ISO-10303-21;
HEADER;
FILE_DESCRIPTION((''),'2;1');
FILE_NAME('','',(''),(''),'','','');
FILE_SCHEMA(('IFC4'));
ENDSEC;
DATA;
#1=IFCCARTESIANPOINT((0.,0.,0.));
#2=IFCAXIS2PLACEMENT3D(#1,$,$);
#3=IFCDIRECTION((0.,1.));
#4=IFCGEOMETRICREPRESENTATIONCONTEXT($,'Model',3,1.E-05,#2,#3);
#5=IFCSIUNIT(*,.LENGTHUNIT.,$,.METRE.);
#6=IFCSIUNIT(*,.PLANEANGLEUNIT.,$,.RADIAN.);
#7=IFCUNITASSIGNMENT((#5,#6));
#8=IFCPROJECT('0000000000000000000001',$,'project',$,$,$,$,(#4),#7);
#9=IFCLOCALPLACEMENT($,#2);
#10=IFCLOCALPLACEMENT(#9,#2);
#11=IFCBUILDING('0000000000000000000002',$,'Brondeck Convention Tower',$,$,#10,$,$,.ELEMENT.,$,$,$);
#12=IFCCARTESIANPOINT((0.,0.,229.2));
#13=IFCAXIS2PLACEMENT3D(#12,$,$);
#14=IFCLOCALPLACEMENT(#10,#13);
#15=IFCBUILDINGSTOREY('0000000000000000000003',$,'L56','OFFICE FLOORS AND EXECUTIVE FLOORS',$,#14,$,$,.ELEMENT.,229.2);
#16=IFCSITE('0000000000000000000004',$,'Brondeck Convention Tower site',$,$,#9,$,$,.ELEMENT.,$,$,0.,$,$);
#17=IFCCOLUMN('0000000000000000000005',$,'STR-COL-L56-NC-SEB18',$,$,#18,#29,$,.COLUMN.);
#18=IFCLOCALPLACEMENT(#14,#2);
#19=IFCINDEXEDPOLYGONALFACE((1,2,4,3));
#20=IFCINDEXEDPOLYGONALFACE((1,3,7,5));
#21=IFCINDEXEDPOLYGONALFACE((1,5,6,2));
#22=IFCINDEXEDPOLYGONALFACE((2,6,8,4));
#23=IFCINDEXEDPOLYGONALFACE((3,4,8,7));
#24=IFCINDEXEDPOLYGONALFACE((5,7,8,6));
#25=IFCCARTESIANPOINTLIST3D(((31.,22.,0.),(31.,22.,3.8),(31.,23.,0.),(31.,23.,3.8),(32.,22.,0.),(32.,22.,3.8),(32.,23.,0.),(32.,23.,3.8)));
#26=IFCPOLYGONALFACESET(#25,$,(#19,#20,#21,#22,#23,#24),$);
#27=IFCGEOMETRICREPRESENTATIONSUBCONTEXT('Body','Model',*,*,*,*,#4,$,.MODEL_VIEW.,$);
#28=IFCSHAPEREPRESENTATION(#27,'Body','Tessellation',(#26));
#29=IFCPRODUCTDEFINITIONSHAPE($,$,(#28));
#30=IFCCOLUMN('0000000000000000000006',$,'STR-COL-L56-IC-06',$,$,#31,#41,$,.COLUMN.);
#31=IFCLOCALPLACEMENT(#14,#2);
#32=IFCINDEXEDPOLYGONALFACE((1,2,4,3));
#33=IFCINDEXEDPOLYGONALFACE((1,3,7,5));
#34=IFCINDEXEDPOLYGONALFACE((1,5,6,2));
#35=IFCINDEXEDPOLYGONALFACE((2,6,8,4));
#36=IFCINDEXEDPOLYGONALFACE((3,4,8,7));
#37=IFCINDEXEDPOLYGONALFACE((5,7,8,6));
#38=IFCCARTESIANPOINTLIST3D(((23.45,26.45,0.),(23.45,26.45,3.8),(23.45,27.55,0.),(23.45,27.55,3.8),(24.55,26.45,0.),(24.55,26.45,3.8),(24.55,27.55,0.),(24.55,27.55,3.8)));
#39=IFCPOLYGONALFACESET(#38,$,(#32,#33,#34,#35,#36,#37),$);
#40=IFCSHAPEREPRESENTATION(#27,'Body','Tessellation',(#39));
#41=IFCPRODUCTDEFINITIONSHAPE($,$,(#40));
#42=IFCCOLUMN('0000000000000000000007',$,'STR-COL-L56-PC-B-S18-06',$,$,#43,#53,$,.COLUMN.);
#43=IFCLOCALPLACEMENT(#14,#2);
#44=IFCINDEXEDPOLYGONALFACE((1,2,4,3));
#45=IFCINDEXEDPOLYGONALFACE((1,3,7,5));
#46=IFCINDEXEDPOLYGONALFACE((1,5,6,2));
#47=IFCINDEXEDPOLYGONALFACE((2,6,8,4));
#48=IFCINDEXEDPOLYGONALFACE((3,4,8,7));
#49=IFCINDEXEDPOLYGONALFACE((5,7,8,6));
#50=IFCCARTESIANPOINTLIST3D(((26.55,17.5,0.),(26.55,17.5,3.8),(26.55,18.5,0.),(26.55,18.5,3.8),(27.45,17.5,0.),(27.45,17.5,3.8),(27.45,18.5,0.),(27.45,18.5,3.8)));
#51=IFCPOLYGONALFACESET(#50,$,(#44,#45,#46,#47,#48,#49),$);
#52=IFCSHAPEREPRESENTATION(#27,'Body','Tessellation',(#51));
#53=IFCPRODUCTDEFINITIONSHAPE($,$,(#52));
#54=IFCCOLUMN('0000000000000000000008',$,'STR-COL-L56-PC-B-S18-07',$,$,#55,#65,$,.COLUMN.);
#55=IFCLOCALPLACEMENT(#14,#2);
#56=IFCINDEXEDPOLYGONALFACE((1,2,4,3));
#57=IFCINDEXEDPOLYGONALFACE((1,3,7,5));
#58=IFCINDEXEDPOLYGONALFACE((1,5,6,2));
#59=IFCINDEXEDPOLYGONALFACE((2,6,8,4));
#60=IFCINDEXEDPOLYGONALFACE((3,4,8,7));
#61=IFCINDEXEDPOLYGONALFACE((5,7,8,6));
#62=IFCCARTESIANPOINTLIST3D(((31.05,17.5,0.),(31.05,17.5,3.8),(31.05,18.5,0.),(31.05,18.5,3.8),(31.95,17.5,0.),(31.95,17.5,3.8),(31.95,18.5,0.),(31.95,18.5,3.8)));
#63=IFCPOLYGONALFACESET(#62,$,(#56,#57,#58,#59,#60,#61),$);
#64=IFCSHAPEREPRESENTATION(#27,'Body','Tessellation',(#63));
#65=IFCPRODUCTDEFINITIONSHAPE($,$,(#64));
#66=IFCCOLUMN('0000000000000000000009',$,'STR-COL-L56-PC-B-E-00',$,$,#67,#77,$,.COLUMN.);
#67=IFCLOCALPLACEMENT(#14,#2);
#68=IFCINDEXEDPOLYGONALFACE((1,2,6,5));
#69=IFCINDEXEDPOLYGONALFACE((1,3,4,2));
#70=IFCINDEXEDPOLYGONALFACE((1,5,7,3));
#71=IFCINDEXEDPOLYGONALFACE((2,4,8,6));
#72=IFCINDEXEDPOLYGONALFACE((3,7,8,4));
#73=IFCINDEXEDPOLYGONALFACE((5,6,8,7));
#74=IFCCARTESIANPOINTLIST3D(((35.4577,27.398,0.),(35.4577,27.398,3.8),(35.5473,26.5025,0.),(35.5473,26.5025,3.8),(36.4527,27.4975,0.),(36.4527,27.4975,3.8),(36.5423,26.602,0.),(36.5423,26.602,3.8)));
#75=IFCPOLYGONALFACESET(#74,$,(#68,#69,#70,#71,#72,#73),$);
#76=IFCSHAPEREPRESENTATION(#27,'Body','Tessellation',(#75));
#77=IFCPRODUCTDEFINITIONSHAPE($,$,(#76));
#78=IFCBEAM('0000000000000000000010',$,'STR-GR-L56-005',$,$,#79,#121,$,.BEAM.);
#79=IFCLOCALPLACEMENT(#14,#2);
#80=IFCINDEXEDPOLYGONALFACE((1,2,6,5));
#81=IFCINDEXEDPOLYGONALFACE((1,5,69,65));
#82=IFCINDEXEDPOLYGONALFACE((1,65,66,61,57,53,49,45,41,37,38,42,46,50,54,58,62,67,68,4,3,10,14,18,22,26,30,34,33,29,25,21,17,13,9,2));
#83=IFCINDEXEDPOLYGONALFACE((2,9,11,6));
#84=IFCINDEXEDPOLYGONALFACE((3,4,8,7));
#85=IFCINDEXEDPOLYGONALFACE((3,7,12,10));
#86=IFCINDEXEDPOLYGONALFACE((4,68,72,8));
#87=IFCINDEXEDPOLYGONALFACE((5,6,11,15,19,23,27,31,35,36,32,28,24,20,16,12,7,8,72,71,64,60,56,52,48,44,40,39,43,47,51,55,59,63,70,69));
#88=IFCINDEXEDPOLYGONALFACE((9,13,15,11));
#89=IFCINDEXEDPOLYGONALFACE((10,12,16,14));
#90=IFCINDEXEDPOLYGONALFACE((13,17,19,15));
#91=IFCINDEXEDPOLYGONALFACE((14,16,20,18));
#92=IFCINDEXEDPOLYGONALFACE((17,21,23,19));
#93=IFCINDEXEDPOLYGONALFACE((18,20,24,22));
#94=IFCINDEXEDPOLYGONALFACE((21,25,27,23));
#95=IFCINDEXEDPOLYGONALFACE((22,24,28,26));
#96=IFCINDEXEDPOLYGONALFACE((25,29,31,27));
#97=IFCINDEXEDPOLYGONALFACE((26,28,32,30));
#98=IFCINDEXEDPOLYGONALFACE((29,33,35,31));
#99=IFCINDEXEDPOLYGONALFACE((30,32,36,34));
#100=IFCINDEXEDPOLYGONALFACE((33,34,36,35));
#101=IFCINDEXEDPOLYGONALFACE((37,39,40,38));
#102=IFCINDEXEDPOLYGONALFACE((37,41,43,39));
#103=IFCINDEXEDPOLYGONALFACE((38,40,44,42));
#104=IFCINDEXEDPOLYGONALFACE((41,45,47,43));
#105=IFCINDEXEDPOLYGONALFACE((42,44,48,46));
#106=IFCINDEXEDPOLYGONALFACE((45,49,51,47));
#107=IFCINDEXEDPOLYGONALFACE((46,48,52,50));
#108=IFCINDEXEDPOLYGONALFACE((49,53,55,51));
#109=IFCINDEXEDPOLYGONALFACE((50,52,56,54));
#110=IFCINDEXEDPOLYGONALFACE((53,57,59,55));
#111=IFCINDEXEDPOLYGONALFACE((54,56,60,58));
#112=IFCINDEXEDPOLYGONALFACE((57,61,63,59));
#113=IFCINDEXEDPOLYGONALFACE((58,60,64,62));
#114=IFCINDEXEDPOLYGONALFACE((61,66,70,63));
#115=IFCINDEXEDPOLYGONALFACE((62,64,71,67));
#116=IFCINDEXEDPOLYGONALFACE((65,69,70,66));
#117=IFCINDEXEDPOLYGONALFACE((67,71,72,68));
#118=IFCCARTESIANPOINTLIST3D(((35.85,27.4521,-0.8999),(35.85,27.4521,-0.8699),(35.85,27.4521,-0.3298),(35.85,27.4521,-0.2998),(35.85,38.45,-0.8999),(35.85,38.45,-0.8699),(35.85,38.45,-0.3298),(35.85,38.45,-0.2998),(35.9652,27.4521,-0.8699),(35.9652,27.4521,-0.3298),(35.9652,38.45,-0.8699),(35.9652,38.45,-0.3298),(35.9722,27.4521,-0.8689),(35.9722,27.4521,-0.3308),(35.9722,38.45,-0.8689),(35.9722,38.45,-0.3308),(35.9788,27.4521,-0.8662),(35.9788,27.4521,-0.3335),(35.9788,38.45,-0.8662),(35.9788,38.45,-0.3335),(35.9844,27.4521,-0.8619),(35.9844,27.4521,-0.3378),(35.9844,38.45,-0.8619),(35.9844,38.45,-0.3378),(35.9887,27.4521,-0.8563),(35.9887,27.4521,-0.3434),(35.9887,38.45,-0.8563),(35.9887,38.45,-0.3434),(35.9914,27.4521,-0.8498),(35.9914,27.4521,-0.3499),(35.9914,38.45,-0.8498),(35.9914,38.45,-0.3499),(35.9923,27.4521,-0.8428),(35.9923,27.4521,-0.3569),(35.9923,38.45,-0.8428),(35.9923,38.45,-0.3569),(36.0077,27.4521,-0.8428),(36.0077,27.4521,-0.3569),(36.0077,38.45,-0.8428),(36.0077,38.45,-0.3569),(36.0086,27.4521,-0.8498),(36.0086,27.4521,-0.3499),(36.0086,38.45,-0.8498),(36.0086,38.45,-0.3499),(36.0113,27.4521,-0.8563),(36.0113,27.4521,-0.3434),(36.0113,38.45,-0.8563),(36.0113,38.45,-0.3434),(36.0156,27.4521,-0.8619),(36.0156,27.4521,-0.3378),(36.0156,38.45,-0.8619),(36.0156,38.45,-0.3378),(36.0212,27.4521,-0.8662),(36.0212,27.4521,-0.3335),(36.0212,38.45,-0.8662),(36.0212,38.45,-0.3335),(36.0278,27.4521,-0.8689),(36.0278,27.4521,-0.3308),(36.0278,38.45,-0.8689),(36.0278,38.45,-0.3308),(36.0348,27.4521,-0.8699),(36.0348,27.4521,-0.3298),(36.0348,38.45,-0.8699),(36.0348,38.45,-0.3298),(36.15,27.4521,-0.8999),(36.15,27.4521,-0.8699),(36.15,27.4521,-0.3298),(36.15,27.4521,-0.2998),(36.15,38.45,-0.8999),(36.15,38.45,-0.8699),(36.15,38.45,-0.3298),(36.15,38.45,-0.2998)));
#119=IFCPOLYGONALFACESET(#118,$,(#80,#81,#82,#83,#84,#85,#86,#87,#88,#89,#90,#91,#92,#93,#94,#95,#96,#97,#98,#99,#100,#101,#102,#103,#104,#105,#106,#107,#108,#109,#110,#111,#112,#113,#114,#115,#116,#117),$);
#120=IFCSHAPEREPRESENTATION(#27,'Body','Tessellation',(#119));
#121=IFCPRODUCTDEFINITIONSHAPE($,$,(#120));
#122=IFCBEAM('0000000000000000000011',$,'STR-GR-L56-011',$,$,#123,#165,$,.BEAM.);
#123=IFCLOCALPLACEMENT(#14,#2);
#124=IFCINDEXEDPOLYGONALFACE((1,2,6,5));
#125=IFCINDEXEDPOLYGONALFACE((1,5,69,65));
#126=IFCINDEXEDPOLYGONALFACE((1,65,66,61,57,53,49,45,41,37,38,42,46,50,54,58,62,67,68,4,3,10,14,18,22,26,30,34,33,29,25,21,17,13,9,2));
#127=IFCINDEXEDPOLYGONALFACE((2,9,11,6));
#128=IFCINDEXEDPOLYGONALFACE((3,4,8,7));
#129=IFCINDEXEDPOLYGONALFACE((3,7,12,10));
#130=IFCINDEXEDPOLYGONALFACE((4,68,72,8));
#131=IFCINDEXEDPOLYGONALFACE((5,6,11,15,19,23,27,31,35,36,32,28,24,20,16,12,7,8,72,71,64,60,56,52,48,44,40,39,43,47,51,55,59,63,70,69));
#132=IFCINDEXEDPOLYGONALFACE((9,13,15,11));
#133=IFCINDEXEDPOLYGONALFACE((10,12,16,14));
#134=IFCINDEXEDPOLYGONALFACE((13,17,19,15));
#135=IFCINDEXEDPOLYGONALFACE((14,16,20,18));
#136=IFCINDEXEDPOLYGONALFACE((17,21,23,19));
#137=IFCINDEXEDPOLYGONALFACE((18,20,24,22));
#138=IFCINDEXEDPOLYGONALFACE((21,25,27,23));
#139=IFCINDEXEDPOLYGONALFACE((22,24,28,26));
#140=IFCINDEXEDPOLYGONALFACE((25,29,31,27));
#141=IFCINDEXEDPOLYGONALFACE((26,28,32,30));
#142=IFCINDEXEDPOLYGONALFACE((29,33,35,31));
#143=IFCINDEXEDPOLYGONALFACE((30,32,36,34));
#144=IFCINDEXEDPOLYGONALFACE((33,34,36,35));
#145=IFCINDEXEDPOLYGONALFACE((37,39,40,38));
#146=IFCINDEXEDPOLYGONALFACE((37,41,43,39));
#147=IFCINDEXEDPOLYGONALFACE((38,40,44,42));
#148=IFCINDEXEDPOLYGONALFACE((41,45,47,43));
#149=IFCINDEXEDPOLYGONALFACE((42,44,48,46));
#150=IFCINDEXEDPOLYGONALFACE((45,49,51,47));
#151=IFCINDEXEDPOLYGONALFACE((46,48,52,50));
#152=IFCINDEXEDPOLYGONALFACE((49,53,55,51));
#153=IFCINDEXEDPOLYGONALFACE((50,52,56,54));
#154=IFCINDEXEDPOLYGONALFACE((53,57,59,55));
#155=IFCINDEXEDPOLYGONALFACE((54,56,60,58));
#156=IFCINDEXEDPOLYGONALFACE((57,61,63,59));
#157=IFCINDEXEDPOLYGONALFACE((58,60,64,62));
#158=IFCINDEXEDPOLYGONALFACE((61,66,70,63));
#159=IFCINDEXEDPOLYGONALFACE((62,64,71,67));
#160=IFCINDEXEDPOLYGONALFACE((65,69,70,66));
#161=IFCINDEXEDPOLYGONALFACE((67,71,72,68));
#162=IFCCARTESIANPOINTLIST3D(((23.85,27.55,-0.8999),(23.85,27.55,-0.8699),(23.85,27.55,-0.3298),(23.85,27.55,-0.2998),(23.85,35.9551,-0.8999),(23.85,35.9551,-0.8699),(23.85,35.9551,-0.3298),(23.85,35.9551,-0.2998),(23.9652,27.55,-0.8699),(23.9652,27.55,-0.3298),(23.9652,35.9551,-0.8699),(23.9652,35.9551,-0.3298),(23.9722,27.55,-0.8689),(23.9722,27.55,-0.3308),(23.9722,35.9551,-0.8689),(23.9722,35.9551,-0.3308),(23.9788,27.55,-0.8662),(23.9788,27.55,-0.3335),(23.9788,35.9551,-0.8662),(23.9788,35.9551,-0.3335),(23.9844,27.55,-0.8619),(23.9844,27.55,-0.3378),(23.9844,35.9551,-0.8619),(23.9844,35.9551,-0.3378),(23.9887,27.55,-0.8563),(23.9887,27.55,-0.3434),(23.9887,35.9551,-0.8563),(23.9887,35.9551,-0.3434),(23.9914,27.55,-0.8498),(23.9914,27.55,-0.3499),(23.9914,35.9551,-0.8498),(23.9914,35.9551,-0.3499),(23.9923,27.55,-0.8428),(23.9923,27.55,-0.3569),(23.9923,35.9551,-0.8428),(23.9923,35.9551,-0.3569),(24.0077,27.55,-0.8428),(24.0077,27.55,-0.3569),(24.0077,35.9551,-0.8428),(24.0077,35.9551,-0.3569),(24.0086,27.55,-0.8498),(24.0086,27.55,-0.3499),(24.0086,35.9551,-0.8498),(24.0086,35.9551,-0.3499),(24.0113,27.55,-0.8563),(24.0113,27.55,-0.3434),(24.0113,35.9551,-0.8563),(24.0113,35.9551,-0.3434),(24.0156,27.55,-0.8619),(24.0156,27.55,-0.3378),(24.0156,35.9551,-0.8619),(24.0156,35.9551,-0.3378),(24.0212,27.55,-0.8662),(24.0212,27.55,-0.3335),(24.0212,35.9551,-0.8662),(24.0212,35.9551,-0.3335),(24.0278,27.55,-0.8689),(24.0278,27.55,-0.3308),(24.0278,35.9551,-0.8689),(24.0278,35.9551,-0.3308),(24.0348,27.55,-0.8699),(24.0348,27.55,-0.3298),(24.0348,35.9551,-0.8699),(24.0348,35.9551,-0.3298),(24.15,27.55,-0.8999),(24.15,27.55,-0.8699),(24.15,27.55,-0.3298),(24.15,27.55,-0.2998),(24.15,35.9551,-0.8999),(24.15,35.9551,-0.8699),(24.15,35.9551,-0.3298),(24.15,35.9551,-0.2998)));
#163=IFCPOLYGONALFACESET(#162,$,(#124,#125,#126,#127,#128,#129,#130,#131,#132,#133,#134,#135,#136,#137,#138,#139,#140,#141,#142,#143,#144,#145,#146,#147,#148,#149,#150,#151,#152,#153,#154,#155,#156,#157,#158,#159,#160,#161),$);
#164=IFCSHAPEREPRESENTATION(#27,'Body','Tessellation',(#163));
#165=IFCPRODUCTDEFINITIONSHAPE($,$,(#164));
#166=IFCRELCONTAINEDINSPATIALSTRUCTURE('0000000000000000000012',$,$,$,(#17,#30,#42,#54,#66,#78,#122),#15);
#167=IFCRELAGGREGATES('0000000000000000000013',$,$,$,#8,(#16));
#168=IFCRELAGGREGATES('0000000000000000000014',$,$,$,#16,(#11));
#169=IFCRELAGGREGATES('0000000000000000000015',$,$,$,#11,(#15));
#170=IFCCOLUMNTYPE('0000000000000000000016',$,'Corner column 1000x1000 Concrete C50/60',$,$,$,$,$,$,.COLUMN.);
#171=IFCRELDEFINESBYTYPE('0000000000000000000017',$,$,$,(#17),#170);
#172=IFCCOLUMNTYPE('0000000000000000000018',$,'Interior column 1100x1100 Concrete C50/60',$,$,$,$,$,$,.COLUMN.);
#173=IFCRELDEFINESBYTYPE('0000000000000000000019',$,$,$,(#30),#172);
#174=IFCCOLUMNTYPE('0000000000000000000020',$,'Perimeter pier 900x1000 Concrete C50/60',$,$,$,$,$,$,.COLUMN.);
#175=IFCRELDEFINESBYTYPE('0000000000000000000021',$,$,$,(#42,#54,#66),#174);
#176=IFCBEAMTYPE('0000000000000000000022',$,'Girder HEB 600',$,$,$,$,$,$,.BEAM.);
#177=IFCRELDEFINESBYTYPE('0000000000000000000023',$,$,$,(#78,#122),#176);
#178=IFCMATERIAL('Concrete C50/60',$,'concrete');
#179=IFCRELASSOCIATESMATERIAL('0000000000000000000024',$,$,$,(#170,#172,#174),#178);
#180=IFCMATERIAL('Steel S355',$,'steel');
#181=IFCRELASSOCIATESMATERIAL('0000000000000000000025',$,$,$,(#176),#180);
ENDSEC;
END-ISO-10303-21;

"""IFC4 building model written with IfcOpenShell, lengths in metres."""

from ifc_helpers import new_model, si_unit, direction, frame, origin, origin_2d, place, context, subcontext, project, spatial, rectangle, i_section, extrude, material, material_profile, profile_set, type_object, element, save


model = new_model("IFC4")

# Units and contexts
model_context = context("Model", 3, precision=1e-05, world=origin(), true_north=direction((0.0, 1.0)))
body_context = subcontext(model_context, "Body", "Model", "MODEL_VIEW")
ifc_project = project(units=[si_unit("LENGTHUNIT", "METRE"), si_unit("PLANEANGLEUNIT", "RADIAN")], contexts=[model_context])

# Site, building, storey
site_placement = place(None, origin())
site = spatial("IfcSite", under=ifc_project, at=site_placement, Name="Brondeck Convention Tower site", CompositionType="ELEMENT", RefElevation=0.0)
building_placement = place(site_placement, origin())
building = spatial("IfcBuilding", under=site, at=building_placement, Name="Brondeck Convention Tower", CompositionType="ELEMENT")
storey_placement = place(building_placement, frame((0.0, 0.0, 229.2)))
storey = spatial("IfcBuildingStorey", under=building, at=storey_placement, Name="L56", Description="OFFICE FLOORS AND EXECUTIVE FLOORS", CompositionType="ELEMENT", Elevation=229.2)

# Columns
ifc_material_1 = material(Name="Concrete C50/60", Category="concrete")
ifc_material_profile_1 = material_profile(ifc_material_1, rectangle(XDim=1.0, YDim=1.0, at=origin_2d()), Name="Corner column 1000x1000 Concrete C50/60")
ifc_profile_set_1 = profile_set([ifc_material_profile_1], Name="Concrete C50/60")
column_type_1 = type_object("IfcColumnType", Name="Corner column 1000x1000 Concrete C50/60", PredefinedType="COLUMN", material=ifc_profile_set_1)
column_1_placement = place(storey_placement, frame((31.5, 22.5, 0.0), z_axis=(0.0, 0.0, 1.0), x_axis=(1.0, 0.0, 0.0)))
element("IfcColumn", 1, at=column_1_placement, inside=storey, type_object=column_type_1, Name="STR-COL-L56-NC-SEB18", PredefinedType="COLUMN", context=body_context, shape_type="SweptSolid", body=[
    extrude(rectangle(XDim=1.0, YDim=1.0, at=origin_2d()), origin(), (0.0, 0.0, 1.0), 3.8),
])
ifc_material_profile_2 = material_profile(ifc_material_1, rectangle(XDim=1.1001, YDim=1.1001, at=origin_2d()), Name="Interior column 1100x1100 Concrete C50/60")
ifc_profile_set_2 = profile_set([ifc_material_profile_2], Name="Concrete C50/60")
column_type_2 = type_object("IfcColumnType", Name="Interior column 1100x1100 Concrete C50/60", PredefinedType="COLUMN", material=ifc_profile_set_2)
column_2_placement = place(storey_placement, frame((24.0, 27.0, 0.0), z_axis=(0.0, 0.0, 1.0), x_axis=(1.0, 0.0, 0.0)))
element("IfcColumn", 2, at=column_2_placement, inside=storey, type_object=column_type_2, Name="STR-COL-L56-IC-06", PredefinedType="COLUMN", context=body_context, shape_type="SweptSolid", body=[
    extrude(rectangle(XDim=1.1001, YDim=1.1001, at=origin_2d()), origin(), (0.0, 0.0, 1.0), 3.8),
])
ifc_material_profile_3 = material_profile(ifc_material_1, rectangle(XDim=0.8999, YDim=1.0, at=origin_2d()), Name="Perimeter pier 900x1000 Concrete C50/60")
ifc_profile_set_3 = profile_set([ifc_material_profile_3], Name="Concrete C50/60")
column_type_3 = type_object("IfcColumnType", Name="Perimeter pier 900x1000 Concrete C50/60", PredefinedType="COLUMN", material=ifc_profile_set_3)
for number, where, z_axis, x_axis, name in (
    (3, (27.0, 18.0, 0.0), (0.0, 0.0, 1.0), (1.0, 0.0, 0.0), "STR-COL-L56-PC-B-S18-06"),
    (4, (31.5, 18.0, 0.0), (0.0, 0.0, 1.0), (1.0, 0.0, 0.0), "STR-COL-L56-PC-B-S18-07"),
    (5, (36.0, 27.0, 0.0), (0.0, 0.0, 1.0), (-0.099504, 0.995037, 0.0), "STR-COL-L56-PC-B-E-00"),
):
    element("IfcColumn", number, at=place(storey_placement, frame(where, z_axis=z_axis, x_axis=x_axis)), inside=storey, type_object=column_type_3, Name=name, PredefinedType="COLUMN", context=body_context, shape_type="SweptSolid", body=[
        extrude(rectangle(XDim=0.8999, YDim=1.0, at=origin_2d()), origin(), (0.0, 0.0, 1.0), 3.8),
    ])

# Beams
ifc_material_2 = material(Name="Steel S355", Category="steel")
ifc_material_profile_4 = material_profile(ifc_material_2, i_section(OverallWidth=0.3, OverallDepth=0.6001, WebThickness=0.0154, FlangeThickness=0.03, FilletRadius=0.0271, at=origin_2d()), Name="HEB 600")
ifc_profile_set_4 = profile_set([ifc_material_profile_4], Name="Steel S355")
beam_type_1 = type_object("IfcBeamType", Name="Girder HEB 600", PredefinedType="BEAM", material=ifc_profile_set_4)
beam_1_placement = place(storey_placement, frame((36.0, 27.4521, -0.5999), z_axis=(0.0, 1.0, 0.0), x_axis=(-1.0, 0.0, 0.0)))
element("IfcBeam", 6, at=beam_1_placement, inside=storey, type_object=beam_type_1, Name="STR-GR-L56-005", PredefinedType="BEAM", context=body_context, shape_type="SweptSolid", body=[
    extrude(i_section(OverallWidth=0.3, OverallDepth=0.6001, WebThickness=0.0154, FlangeThickness=0.03, FilletRadius=0.0271, at=origin_2d()), origin(), (0.0, 0.0, 1.0), 10.9978),
])
beam_2_placement = place(storey_placement, frame((24.0, 35.9551, -0.5999), z_axis=(0.0, -1.0, 0.0), x_axis=(1.0, 0.0, 0.0)))
element("IfcBeam", 7, at=beam_2_placement, inside=storey, type_object=beam_type_1, Name="STR-GR-L56-011", PredefinedType="BEAM", context=body_context, shape_type="SweptSolid", body=[
    extrude(i_section(OverallWidth=0.3, OverallDepth=0.6001, WebThickness=0.0154, FlangeThickness=0.03, FilletRadius=0.0271, at=origin_2d()), origin(), (0.0, 0.0, 1.0), 8.405),
])

save(model, "model.ifc")
